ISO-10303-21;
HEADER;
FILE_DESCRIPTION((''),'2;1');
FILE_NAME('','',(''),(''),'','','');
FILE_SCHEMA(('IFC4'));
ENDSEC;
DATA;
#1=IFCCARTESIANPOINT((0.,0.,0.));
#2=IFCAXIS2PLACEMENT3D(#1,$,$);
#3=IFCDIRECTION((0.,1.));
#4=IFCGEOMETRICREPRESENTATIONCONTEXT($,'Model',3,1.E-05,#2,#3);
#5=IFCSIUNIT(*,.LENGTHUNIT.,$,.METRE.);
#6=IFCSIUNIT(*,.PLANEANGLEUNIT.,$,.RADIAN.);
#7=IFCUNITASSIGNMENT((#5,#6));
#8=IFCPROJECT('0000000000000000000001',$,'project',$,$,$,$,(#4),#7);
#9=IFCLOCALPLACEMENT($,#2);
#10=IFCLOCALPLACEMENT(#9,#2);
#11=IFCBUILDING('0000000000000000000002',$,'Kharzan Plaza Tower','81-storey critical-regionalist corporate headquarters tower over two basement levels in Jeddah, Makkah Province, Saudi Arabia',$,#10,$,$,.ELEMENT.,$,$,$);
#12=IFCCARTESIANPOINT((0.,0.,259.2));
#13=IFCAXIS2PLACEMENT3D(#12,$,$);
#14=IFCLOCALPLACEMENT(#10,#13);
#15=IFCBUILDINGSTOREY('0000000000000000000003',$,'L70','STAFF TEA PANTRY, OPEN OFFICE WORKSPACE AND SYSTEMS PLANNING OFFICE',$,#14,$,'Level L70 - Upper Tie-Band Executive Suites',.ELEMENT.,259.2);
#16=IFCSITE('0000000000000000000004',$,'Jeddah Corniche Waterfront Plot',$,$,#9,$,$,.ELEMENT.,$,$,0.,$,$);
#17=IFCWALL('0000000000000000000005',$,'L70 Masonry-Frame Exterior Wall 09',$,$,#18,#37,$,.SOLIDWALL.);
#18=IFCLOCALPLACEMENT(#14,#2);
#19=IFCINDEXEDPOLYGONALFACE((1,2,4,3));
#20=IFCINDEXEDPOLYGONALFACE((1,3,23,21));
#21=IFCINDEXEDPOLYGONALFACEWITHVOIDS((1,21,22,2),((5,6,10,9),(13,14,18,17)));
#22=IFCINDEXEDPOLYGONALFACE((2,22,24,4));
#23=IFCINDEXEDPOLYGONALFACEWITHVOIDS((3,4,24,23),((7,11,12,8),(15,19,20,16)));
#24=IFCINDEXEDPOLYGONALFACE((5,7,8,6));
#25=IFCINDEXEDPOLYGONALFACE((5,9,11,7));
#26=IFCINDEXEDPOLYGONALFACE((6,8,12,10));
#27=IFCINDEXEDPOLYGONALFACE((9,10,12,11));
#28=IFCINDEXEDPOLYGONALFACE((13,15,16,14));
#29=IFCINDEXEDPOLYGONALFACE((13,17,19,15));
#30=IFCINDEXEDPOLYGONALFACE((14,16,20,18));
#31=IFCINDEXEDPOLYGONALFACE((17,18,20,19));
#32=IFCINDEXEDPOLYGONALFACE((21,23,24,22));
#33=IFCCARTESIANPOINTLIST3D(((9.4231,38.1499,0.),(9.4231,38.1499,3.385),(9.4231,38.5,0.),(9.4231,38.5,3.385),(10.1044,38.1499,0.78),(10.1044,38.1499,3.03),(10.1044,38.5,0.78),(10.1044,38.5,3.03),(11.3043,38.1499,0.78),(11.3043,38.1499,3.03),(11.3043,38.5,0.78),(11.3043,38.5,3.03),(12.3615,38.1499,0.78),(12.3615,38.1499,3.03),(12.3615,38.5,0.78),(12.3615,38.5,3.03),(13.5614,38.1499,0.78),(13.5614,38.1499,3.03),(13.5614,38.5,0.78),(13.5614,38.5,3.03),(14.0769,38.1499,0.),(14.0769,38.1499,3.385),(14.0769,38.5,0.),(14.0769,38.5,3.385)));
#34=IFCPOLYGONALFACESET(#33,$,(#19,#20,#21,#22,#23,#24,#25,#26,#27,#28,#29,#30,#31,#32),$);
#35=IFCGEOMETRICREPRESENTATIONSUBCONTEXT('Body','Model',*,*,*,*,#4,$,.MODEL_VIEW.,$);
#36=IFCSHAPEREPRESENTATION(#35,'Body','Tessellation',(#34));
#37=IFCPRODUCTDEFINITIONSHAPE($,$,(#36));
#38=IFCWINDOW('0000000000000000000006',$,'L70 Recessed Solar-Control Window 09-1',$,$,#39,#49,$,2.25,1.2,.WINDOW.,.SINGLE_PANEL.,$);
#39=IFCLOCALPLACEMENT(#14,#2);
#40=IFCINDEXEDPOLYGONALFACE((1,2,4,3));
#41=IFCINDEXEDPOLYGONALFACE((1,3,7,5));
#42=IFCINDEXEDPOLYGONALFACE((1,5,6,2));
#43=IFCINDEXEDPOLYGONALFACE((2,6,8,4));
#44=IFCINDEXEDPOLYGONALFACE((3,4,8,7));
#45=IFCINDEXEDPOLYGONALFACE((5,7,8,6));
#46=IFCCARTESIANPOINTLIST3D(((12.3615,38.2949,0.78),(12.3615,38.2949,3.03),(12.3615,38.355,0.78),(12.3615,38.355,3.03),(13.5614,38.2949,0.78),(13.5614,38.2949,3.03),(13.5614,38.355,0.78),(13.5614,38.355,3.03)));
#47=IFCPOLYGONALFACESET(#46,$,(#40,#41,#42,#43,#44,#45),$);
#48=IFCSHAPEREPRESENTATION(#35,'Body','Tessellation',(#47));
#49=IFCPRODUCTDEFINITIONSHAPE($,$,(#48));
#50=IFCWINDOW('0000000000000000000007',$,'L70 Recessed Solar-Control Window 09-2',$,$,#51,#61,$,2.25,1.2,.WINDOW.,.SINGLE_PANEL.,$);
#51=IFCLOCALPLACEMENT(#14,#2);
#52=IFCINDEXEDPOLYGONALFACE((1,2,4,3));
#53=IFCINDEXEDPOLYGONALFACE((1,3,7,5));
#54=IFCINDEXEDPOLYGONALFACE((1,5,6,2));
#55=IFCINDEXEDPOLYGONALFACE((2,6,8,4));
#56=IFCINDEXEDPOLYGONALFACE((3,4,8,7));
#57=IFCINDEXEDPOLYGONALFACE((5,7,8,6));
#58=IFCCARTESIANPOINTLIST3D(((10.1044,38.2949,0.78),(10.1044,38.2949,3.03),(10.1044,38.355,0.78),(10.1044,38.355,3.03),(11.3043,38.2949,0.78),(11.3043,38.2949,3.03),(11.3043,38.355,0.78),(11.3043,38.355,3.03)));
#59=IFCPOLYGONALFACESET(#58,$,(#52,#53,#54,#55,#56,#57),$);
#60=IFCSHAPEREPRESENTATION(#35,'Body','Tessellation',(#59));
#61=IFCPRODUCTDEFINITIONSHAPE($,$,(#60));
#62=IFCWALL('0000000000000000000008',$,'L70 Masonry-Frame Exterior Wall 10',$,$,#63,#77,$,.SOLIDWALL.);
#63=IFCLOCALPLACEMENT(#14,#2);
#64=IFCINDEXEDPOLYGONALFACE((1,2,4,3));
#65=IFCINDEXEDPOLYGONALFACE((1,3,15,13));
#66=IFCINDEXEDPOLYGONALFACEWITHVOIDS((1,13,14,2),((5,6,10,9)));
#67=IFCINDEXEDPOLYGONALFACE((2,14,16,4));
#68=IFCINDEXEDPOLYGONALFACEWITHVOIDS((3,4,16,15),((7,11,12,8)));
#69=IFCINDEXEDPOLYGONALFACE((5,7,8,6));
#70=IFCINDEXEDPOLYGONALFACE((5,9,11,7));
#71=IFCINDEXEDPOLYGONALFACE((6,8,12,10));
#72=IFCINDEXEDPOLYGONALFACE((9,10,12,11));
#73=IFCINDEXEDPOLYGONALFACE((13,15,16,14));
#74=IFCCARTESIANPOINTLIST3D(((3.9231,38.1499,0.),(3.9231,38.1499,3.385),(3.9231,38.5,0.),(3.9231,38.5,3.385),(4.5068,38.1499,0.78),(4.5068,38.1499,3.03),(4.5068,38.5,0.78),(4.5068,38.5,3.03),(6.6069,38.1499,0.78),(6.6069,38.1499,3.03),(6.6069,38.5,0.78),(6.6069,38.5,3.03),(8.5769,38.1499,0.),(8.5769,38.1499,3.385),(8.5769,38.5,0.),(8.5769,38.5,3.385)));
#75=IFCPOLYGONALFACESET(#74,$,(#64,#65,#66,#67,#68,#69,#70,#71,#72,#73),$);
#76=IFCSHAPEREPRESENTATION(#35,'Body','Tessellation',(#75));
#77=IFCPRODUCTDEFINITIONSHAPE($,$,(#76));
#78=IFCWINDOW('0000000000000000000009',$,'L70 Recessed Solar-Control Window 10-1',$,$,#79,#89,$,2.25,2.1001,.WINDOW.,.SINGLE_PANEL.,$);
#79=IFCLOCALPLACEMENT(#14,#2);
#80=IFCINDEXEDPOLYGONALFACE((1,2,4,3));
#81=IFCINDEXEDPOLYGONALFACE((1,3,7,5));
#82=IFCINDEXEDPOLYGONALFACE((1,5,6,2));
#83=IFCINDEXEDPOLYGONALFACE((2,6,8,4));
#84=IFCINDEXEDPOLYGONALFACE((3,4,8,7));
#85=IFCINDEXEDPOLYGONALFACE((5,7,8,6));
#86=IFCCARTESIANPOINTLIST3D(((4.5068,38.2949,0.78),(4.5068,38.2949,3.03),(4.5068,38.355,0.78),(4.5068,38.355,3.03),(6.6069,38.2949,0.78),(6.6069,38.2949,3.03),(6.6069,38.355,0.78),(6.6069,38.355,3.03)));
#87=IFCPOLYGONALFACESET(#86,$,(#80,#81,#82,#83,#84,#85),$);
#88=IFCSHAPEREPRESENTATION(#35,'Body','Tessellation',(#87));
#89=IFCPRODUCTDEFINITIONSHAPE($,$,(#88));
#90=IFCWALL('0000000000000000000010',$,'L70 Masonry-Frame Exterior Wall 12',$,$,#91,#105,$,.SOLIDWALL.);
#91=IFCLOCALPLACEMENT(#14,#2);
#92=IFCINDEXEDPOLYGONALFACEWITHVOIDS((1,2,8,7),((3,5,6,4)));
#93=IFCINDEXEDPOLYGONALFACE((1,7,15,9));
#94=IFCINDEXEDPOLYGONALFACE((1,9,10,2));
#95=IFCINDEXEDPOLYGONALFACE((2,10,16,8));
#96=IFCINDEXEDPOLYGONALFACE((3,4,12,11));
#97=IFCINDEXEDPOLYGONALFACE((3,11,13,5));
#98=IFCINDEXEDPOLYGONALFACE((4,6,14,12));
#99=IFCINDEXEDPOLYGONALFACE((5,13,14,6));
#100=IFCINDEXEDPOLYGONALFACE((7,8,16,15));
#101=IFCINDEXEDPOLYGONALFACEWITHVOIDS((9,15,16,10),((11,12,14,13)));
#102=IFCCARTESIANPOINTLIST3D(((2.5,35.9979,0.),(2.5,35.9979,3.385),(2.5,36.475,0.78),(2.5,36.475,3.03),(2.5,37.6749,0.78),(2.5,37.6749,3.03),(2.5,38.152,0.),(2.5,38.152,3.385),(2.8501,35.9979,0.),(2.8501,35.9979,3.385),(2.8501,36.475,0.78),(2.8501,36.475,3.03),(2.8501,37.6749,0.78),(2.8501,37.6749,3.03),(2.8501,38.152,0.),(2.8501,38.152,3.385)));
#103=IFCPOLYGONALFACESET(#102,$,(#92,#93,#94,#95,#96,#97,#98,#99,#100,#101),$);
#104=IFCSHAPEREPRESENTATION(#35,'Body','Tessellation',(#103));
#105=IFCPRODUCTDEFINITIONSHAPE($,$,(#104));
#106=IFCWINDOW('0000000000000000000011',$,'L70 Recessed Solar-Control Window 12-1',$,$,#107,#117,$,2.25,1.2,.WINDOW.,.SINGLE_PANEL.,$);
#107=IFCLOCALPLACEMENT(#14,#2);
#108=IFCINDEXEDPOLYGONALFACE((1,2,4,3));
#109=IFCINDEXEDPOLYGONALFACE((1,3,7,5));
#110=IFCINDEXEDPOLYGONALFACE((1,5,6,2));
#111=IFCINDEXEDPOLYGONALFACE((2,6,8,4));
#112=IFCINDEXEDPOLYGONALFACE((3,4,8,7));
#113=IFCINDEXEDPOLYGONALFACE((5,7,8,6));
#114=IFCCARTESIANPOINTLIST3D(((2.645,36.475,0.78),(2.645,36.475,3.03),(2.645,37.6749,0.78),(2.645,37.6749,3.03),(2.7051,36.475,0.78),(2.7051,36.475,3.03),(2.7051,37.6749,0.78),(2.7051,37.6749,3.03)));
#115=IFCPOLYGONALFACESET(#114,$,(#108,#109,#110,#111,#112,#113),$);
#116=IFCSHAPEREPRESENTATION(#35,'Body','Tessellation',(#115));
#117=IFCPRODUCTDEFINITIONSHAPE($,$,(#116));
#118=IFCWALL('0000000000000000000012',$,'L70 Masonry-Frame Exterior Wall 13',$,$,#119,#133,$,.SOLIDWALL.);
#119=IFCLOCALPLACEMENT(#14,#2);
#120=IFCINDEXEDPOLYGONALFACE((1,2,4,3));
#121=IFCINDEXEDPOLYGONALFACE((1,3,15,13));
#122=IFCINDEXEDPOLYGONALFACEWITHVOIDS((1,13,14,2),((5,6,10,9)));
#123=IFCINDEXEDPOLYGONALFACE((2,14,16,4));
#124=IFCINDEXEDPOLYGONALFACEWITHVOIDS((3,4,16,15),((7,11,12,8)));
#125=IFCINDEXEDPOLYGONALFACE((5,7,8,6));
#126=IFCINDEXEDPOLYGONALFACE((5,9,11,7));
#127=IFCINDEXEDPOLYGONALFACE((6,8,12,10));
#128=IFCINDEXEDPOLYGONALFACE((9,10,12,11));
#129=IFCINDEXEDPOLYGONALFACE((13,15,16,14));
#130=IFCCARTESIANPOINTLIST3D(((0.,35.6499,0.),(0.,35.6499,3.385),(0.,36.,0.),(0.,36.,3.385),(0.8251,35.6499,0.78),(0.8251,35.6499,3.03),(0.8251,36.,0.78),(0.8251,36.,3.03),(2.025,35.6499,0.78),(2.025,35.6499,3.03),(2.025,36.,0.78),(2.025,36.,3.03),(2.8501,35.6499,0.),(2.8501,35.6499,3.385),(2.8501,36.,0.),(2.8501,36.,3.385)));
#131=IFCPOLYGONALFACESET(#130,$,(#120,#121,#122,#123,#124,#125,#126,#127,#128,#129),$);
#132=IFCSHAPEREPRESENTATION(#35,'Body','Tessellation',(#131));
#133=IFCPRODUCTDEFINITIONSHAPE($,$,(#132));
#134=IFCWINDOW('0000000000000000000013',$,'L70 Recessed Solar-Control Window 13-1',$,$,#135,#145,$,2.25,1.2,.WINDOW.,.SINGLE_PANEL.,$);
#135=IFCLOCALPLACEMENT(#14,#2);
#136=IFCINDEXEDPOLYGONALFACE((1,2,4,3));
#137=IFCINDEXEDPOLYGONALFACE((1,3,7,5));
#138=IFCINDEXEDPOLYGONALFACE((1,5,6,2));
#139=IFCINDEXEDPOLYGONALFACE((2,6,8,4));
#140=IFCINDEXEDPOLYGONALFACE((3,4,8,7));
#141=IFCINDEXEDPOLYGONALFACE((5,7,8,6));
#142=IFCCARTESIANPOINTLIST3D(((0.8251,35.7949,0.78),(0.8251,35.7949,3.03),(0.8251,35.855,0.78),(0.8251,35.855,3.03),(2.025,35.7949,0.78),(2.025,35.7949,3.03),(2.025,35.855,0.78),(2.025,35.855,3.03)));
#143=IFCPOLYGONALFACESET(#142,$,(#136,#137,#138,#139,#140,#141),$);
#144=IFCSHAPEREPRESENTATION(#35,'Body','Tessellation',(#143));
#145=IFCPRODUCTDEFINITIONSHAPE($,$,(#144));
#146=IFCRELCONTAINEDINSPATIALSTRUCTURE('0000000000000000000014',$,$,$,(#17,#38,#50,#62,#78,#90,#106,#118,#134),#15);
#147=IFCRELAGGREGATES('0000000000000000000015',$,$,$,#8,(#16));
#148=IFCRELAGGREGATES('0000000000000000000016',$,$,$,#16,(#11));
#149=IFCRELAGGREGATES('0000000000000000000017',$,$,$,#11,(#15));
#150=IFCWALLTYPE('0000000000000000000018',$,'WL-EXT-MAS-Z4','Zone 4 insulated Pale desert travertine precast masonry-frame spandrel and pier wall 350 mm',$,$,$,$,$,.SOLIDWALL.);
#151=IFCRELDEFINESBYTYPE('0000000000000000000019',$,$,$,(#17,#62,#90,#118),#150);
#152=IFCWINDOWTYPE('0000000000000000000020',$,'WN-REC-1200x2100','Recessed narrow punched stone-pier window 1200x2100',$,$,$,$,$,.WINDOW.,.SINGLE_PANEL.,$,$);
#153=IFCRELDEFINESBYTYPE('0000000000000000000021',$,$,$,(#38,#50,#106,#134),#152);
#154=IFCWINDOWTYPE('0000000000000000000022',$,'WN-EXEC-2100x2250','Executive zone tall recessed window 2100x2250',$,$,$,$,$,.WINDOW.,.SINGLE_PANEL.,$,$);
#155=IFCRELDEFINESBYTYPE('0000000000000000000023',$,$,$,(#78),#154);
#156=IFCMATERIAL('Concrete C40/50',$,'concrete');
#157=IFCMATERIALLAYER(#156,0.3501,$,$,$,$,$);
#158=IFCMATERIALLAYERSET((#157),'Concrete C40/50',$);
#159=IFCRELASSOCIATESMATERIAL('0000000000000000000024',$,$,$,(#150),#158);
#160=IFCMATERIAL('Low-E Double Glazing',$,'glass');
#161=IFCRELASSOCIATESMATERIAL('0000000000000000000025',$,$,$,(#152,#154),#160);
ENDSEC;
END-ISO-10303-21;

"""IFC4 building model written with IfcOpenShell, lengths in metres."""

from ifc_helpers import new_model, si_unit, direction, frame, frame_2d, origin, place, context, subcontext, project, spatial, rectangle, extrude, source, transform, mapped, material, layer, layer_set, type_object, element, fill, save


model = new_model("IFC4")

# Units and contexts
model_context = context("Model", 3, precision=1e-05, world=origin(), true_north=direction((0.0, 1.0)))
body_context = subcontext(model_context, "Body", "Model", "MODEL_VIEW")
ifc_project = project(units=[si_unit("LENGTHUNIT", "METRE"), si_unit("PLANEANGLEUNIT", "RADIAN")], contexts=[model_context])

# Site, building, storey
site_placement = place(None, origin())
site = spatial("IfcSite", under=ifc_project, at=site_placement, Name="Jeddah Corniche Waterfront Plot", CompositionType="ELEMENT", RefElevation=0.0)
building_placement = place(site_placement, origin())
building = spatial("IfcBuilding", under=site, at=building_placement, Name="Kharzan Plaza Tower", Description="81-storey critical-regionalist corporate headquarters tower over two basement levels in Jeddah, Makkah Province, Saudi Arabia", CompositionType="ELEMENT")
storey_placement = place(building_placement, frame((0.0, 0.0, 259.2)))
storey = spatial("IfcBuildingStorey", under=building, at=storey_placement, Name="L70", Description="STAFF TEA PANTRY, OPEN OFFICE WORKSPACE AND SYSTEMS PLANNING OFFICE", LongName="Level L70 - Upper Tie-Band Executive Suites", CompositionType="ELEMENT", Elevation=259.2)

# Wall, openings, windows
ifc_material_1 = material(Name="Concrete C40/50", Category="concrete")
ifc_layer_1 = layer(ifc_material_1, 0.3501)
ifc_layer_set_1 = layer_set([ifc_layer_1], Name="Concrete C40/50")
wall_type_1 = type_object("IfcWallType", Name="WL-EXT-MAS-Z4", Description="Zone 4 insulated Pale desert travertine precast masonry-frame spandrel and pier wall 350 mm", PredefinedType="SOLIDWALL", material=ifc_layer_set_1)
wall_1_placement = place(storey_placement, frame((14.0769, 38.325, 0.0), z_axis=(0.0, 0.0, 1.0), x_axis=(-1.0, 0.0, 0.0)))
wall_1 = element("IfcWall", 1, at=wall_1_placement, inside=storey, type_object=wall_type_1, Name="L70 Masonry-Frame Exterior Wall 09", PredefinedType="SOLIDWALL", context=body_context, shape_type="SweptSolid", body=[
    extrude(rectangle(XDim=4.6538, YDim=0.3501, at=frame_2d((2.3269, 0.0))), origin(), (0.0, 0.0, 1.0), 3.385),
])
opening_1_placement = place(wall_1_placement, frame((0.5154, 0.0, 0.78)))
opening_1 = element("IfcOpeningElement", 2, at=opening_1_placement, cuts=wall_1, PredefinedType="OPENING", context=body_context, shape_type="SweptSolid", body=[
    extrude(rectangle(XDim=1.2, YDim=2.25, at=frame_2d((0.6001, 1.125))), frame((0.0, 0.1851, 0.0), z_axis=(0.0, -1.0, 0.0), x_axis=(1.0, 0.0, 0.0)), (0.0, 0.0, 1.0), 0.3701),
])
opening_2_placement = place(wall_1_placement, frame((2.7725, 0.0, 0.78)))
opening_2 = element("IfcOpeningElement", 3, at=opening_2_placement, cuts=wall_1, PredefinedType="OPENING", context=body_context, shape_type="SweptSolid", body=[
    extrude(rectangle(XDim=1.2, YDim=2.25, at=frame_2d((0.6001, 1.125))), frame((0.0, 0.1851, 0.0), z_axis=(0.0, -1.0, 0.0), x_axis=(1.0, 0.0, 0.0)), (0.0, 0.0, 1.0), 0.3701),
])
ifc_material_2 = material(Name="Low-E Double Glazing", Category="glass")
window_type_1 = type_object("IfcWindowType", Name="WN-REC-1200x2100", Description="Recessed narrow punched stone-pier window 1200x2100", PartitioningType="SINGLE_PANEL", PredefinedType="WINDOW", material=ifc_material_2)
shared_shape_1 = source(origin(), body_context, "Body", "SweptSolid", [
    extrude(rectangle(XDim=1.2, YDim=2.25, at=frame_2d((0.6001, 1.125))), frame((0.0, 0.03, 0.0), z_axis=(0.0, -1.0, 0.0), x_axis=(1.0, 0.0, 0.0)), (0.0, 0.0, 1.0), 0.0601),
])
window_1_placement = place(opening_1_placement, origin())
window_1 = element("IfcWindow", 4, at=window_1_placement, inside=storey, type_object=window_type_1, Name="L70 Recessed Solar-Control Window 09-1", OverallHeight=2.25, OverallWidth=1.2, PartitioningType="SINGLE_PANEL", PredefinedType="WINDOW", context=body_context, shape_type="MappedRepresentation", body=[
    mapped(shared_shape_1, transform((0.0, 0.0, 0.0), x_axis=(1.0, 0.0, 0.0), y_axis=(0.0, 1.0, 0.0), z_axis=(0.0, 0.0, 1.0))),
])
fill(opening_1, window_1)
window_2_placement = place(opening_2_placement, origin())
window_2 = element("IfcWindow", 5, at=window_2_placement, inside=storey, type_object=window_type_1, Name="L70 Recessed Solar-Control Window 09-2", OverallHeight=2.25, OverallWidth=1.2, PartitioningType="SINGLE_PANEL", PredefinedType="WINDOW", context=body_context, shape_type="MappedRepresentation", body=[
    mapped(shared_shape_1, transform((0.0, 0.0, 0.0), x_axis=(1.0, 0.0, 0.0), y_axis=(0.0, 1.0, 0.0), z_axis=(0.0, 0.0, 1.0))),
])
fill(opening_2, window_2)

# Walls, openings, windows
wall_2_placement = place(storey_placement, frame((8.5769, 38.325, 0.0), z_axis=(0.0, 0.0, 1.0), x_axis=(-1.0, 0.0, 0.0)))
wall_2 = element("IfcWall", 6, at=wall_2_placement, inside=storey, type_object=wall_type_1, Name="L70 Masonry-Frame Exterior Wall 10", PredefinedType="SOLIDWALL", context=body_context, shape_type="SweptSolid", body=[
    extrude(rectangle(XDim=4.6538, YDim=0.3501, at=frame_2d((2.3269, 0.0))), origin(), (0.0, 0.0, 1.0), 3.385),
])
opening_3_placement = place(wall_2_placement, frame((1.97, 0.0, 0.78)))
opening_3 = element("IfcOpeningElement", 7, at=opening_3_placement, cuts=wall_2, PredefinedType="OPENING", context=body_context, shape_type="SweptSolid", body=[
    extrude(rectangle(XDim=2.1001, YDim=2.25, at=frame_2d((1.05, 1.125))), frame((0.0, 0.1851, 0.0), z_axis=(0.0, -1.0, 0.0), x_axis=(1.0, 0.0, 0.0)), (0.0, 0.0, 1.0), 0.3701),
])
window_type_2 = type_object("IfcWindowType", Name="WN-EXEC-2100x2250", Description="Executive zone tall recessed window 2100x2250", PartitioningType="SINGLE_PANEL", PredefinedType="WINDOW", material=ifc_material_2)
shared_shape_2 = source(origin(), body_context, "Body", "SweptSolid", [
    extrude(rectangle(XDim=2.1001, YDim=2.25, at=frame_2d((1.05, 1.125))), frame((0.0, 0.03, 0.0), z_axis=(0.0, -1.0, 0.0), x_axis=(1.0, 0.0, 0.0)), (0.0, 0.0, 1.0), 0.0601),
])
window_3_placement = place(opening_3_placement, origin())
window_3 = element("IfcWindow", 8, at=window_3_placement, inside=storey, type_object=window_type_2, Name="L70 Recessed Solar-Control Window 10-1", OverallHeight=2.25, OverallWidth=2.1001, PartitioningType="SINGLE_PANEL", PredefinedType="WINDOW", context=body_context, shape_type="MappedRepresentation", body=[
    mapped(shared_shape_2, transform((0.0, 0.0, 0.0), x_axis=(1.0, 0.0, 0.0), y_axis=(0.0, 1.0, 0.0), z_axis=(0.0, 0.0, 1.0))),
])
fill(opening_3, window_3)
wall_3_placement = place(storey_placement, frame((2.675, 38.1521, 0.0), z_axis=(0.0, 0.0, 1.0), x_axis=(0.0, -1.0, 0.0)))
wall_3 = element("IfcWall", 9, at=wall_3_placement, inside=storey, type_object=wall_type_1, Name="L70 Masonry-Frame Exterior Wall 12", PredefinedType="SOLIDWALL", context=body_context, shape_type="SweptSolid", body=[
    extrude(rectangle(XDim=2.1541, YDim=0.3501, at=frame_2d((1.0771, 0.0))), origin(), (0.0, 0.0, 1.0), 3.385),
])
opening_4_placement = place(wall_3_placement, frame((0.4771, 0.0, 0.78)))
opening_4 = element("IfcOpeningElement", 10, at=opening_4_placement, cuts=wall_3, PredefinedType="OPENING", context=body_context, shape_type="SweptSolid", body=[
    extrude(rectangle(XDim=1.2, YDim=2.25, at=frame_2d((0.6001, 1.125))), frame((0.0, 0.1851, 0.0), z_axis=(0.0, -1.0, 0.0), x_axis=(1.0, 0.0, 0.0)), (0.0, 0.0, 1.0), 0.3701),
])
window_4_placement = place(opening_4_placement, origin())
window_4 = element("IfcWindow", 11, at=window_4_placement, inside=storey, type_object=window_type_1, Name="L70 Recessed Solar-Control Window 12-1", OverallHeight=2.25, OverallWidth=1.2, PartitioningType="SINGLE_PANEL", PredefinedType="WINDOW", context=body_context, shape_type="MappedRepresentation", body=[
    mapped(shared_shape_1, transform((0.0, 0.0, 0.0), x_axis=(1.0, 0.0, 0.0), y_axis=(0.0, 1.0, 0.0), z_axis=(0.0, 0.0, 1.0))),
])
fill(opening_4, window_4)
wall_4_placement = place(storey_placement, frame((2.8501, 35.825, 0.0), z_axis=(0.0, 0.0, 1.0), x_axis=(-1.0, 0.0, 0.0)))
wall_4 = element("IfcWall", 12, at=wall_4_placement, inside=storey, type_object=wall_type_1, Name="L70 Masonry-Frame Exterior Wall 13", PredefinedType="SOLIDWALL", context=body_context, shape_type="SweptSolid", body=[
    extrude(rectangle(XDim=2.8501, YDim=0.3501, at=frame_2d((1.425, 0.0))), origin(), (0.0, 0.0, 1.0), 3.385),
])
opening_5_placement = place(wall_4_placement, frame((0.825, 0.0, 0.78)))
opening_5 = element("IfcOpeningElement", 13, at=opening_5_placement, cuts=wall_4, PredefinedType="OPENING", context=body_context, shape_type="SweptSolid", body=[
    extrude(rectangle(XDim=1.2, YDim=2.25, at=frame_2d((0.6001, 1.125))), frame((0.0, 0.1851, 0.0), z_axis=(0.0, -1.0, 0.0), x_axis=(1.0, 0.0, 0.0)), (0.0, 0.0, 1.0), 0.3701),
])
window_5_placement = place(opening_5_placement, origin())
window_5 = element("IfcWindow", 14, at=window_5_placement, inside=storey, type_object=window_type_1, Name="L70 Recessed Solar-Control Window 13-1", OverallHeight=2.25, OverallWidth=1.2, PartitioningType="SINGLE_PANEL", PredefinedType="WINDOW", context=body_context, shape_type="MappedRepresentation", body=[
    mapped(shared_shape_1, transform((0.0, 0.0, 0.0), x_axis=(1.0, 0.0, 0.0), y_axis=(0.0, 1.0, 0.0), z_axis=(0.0, 0.0, 1.0))),
])
fill(opening_5, window_5)

save(model, "model.ifc")
